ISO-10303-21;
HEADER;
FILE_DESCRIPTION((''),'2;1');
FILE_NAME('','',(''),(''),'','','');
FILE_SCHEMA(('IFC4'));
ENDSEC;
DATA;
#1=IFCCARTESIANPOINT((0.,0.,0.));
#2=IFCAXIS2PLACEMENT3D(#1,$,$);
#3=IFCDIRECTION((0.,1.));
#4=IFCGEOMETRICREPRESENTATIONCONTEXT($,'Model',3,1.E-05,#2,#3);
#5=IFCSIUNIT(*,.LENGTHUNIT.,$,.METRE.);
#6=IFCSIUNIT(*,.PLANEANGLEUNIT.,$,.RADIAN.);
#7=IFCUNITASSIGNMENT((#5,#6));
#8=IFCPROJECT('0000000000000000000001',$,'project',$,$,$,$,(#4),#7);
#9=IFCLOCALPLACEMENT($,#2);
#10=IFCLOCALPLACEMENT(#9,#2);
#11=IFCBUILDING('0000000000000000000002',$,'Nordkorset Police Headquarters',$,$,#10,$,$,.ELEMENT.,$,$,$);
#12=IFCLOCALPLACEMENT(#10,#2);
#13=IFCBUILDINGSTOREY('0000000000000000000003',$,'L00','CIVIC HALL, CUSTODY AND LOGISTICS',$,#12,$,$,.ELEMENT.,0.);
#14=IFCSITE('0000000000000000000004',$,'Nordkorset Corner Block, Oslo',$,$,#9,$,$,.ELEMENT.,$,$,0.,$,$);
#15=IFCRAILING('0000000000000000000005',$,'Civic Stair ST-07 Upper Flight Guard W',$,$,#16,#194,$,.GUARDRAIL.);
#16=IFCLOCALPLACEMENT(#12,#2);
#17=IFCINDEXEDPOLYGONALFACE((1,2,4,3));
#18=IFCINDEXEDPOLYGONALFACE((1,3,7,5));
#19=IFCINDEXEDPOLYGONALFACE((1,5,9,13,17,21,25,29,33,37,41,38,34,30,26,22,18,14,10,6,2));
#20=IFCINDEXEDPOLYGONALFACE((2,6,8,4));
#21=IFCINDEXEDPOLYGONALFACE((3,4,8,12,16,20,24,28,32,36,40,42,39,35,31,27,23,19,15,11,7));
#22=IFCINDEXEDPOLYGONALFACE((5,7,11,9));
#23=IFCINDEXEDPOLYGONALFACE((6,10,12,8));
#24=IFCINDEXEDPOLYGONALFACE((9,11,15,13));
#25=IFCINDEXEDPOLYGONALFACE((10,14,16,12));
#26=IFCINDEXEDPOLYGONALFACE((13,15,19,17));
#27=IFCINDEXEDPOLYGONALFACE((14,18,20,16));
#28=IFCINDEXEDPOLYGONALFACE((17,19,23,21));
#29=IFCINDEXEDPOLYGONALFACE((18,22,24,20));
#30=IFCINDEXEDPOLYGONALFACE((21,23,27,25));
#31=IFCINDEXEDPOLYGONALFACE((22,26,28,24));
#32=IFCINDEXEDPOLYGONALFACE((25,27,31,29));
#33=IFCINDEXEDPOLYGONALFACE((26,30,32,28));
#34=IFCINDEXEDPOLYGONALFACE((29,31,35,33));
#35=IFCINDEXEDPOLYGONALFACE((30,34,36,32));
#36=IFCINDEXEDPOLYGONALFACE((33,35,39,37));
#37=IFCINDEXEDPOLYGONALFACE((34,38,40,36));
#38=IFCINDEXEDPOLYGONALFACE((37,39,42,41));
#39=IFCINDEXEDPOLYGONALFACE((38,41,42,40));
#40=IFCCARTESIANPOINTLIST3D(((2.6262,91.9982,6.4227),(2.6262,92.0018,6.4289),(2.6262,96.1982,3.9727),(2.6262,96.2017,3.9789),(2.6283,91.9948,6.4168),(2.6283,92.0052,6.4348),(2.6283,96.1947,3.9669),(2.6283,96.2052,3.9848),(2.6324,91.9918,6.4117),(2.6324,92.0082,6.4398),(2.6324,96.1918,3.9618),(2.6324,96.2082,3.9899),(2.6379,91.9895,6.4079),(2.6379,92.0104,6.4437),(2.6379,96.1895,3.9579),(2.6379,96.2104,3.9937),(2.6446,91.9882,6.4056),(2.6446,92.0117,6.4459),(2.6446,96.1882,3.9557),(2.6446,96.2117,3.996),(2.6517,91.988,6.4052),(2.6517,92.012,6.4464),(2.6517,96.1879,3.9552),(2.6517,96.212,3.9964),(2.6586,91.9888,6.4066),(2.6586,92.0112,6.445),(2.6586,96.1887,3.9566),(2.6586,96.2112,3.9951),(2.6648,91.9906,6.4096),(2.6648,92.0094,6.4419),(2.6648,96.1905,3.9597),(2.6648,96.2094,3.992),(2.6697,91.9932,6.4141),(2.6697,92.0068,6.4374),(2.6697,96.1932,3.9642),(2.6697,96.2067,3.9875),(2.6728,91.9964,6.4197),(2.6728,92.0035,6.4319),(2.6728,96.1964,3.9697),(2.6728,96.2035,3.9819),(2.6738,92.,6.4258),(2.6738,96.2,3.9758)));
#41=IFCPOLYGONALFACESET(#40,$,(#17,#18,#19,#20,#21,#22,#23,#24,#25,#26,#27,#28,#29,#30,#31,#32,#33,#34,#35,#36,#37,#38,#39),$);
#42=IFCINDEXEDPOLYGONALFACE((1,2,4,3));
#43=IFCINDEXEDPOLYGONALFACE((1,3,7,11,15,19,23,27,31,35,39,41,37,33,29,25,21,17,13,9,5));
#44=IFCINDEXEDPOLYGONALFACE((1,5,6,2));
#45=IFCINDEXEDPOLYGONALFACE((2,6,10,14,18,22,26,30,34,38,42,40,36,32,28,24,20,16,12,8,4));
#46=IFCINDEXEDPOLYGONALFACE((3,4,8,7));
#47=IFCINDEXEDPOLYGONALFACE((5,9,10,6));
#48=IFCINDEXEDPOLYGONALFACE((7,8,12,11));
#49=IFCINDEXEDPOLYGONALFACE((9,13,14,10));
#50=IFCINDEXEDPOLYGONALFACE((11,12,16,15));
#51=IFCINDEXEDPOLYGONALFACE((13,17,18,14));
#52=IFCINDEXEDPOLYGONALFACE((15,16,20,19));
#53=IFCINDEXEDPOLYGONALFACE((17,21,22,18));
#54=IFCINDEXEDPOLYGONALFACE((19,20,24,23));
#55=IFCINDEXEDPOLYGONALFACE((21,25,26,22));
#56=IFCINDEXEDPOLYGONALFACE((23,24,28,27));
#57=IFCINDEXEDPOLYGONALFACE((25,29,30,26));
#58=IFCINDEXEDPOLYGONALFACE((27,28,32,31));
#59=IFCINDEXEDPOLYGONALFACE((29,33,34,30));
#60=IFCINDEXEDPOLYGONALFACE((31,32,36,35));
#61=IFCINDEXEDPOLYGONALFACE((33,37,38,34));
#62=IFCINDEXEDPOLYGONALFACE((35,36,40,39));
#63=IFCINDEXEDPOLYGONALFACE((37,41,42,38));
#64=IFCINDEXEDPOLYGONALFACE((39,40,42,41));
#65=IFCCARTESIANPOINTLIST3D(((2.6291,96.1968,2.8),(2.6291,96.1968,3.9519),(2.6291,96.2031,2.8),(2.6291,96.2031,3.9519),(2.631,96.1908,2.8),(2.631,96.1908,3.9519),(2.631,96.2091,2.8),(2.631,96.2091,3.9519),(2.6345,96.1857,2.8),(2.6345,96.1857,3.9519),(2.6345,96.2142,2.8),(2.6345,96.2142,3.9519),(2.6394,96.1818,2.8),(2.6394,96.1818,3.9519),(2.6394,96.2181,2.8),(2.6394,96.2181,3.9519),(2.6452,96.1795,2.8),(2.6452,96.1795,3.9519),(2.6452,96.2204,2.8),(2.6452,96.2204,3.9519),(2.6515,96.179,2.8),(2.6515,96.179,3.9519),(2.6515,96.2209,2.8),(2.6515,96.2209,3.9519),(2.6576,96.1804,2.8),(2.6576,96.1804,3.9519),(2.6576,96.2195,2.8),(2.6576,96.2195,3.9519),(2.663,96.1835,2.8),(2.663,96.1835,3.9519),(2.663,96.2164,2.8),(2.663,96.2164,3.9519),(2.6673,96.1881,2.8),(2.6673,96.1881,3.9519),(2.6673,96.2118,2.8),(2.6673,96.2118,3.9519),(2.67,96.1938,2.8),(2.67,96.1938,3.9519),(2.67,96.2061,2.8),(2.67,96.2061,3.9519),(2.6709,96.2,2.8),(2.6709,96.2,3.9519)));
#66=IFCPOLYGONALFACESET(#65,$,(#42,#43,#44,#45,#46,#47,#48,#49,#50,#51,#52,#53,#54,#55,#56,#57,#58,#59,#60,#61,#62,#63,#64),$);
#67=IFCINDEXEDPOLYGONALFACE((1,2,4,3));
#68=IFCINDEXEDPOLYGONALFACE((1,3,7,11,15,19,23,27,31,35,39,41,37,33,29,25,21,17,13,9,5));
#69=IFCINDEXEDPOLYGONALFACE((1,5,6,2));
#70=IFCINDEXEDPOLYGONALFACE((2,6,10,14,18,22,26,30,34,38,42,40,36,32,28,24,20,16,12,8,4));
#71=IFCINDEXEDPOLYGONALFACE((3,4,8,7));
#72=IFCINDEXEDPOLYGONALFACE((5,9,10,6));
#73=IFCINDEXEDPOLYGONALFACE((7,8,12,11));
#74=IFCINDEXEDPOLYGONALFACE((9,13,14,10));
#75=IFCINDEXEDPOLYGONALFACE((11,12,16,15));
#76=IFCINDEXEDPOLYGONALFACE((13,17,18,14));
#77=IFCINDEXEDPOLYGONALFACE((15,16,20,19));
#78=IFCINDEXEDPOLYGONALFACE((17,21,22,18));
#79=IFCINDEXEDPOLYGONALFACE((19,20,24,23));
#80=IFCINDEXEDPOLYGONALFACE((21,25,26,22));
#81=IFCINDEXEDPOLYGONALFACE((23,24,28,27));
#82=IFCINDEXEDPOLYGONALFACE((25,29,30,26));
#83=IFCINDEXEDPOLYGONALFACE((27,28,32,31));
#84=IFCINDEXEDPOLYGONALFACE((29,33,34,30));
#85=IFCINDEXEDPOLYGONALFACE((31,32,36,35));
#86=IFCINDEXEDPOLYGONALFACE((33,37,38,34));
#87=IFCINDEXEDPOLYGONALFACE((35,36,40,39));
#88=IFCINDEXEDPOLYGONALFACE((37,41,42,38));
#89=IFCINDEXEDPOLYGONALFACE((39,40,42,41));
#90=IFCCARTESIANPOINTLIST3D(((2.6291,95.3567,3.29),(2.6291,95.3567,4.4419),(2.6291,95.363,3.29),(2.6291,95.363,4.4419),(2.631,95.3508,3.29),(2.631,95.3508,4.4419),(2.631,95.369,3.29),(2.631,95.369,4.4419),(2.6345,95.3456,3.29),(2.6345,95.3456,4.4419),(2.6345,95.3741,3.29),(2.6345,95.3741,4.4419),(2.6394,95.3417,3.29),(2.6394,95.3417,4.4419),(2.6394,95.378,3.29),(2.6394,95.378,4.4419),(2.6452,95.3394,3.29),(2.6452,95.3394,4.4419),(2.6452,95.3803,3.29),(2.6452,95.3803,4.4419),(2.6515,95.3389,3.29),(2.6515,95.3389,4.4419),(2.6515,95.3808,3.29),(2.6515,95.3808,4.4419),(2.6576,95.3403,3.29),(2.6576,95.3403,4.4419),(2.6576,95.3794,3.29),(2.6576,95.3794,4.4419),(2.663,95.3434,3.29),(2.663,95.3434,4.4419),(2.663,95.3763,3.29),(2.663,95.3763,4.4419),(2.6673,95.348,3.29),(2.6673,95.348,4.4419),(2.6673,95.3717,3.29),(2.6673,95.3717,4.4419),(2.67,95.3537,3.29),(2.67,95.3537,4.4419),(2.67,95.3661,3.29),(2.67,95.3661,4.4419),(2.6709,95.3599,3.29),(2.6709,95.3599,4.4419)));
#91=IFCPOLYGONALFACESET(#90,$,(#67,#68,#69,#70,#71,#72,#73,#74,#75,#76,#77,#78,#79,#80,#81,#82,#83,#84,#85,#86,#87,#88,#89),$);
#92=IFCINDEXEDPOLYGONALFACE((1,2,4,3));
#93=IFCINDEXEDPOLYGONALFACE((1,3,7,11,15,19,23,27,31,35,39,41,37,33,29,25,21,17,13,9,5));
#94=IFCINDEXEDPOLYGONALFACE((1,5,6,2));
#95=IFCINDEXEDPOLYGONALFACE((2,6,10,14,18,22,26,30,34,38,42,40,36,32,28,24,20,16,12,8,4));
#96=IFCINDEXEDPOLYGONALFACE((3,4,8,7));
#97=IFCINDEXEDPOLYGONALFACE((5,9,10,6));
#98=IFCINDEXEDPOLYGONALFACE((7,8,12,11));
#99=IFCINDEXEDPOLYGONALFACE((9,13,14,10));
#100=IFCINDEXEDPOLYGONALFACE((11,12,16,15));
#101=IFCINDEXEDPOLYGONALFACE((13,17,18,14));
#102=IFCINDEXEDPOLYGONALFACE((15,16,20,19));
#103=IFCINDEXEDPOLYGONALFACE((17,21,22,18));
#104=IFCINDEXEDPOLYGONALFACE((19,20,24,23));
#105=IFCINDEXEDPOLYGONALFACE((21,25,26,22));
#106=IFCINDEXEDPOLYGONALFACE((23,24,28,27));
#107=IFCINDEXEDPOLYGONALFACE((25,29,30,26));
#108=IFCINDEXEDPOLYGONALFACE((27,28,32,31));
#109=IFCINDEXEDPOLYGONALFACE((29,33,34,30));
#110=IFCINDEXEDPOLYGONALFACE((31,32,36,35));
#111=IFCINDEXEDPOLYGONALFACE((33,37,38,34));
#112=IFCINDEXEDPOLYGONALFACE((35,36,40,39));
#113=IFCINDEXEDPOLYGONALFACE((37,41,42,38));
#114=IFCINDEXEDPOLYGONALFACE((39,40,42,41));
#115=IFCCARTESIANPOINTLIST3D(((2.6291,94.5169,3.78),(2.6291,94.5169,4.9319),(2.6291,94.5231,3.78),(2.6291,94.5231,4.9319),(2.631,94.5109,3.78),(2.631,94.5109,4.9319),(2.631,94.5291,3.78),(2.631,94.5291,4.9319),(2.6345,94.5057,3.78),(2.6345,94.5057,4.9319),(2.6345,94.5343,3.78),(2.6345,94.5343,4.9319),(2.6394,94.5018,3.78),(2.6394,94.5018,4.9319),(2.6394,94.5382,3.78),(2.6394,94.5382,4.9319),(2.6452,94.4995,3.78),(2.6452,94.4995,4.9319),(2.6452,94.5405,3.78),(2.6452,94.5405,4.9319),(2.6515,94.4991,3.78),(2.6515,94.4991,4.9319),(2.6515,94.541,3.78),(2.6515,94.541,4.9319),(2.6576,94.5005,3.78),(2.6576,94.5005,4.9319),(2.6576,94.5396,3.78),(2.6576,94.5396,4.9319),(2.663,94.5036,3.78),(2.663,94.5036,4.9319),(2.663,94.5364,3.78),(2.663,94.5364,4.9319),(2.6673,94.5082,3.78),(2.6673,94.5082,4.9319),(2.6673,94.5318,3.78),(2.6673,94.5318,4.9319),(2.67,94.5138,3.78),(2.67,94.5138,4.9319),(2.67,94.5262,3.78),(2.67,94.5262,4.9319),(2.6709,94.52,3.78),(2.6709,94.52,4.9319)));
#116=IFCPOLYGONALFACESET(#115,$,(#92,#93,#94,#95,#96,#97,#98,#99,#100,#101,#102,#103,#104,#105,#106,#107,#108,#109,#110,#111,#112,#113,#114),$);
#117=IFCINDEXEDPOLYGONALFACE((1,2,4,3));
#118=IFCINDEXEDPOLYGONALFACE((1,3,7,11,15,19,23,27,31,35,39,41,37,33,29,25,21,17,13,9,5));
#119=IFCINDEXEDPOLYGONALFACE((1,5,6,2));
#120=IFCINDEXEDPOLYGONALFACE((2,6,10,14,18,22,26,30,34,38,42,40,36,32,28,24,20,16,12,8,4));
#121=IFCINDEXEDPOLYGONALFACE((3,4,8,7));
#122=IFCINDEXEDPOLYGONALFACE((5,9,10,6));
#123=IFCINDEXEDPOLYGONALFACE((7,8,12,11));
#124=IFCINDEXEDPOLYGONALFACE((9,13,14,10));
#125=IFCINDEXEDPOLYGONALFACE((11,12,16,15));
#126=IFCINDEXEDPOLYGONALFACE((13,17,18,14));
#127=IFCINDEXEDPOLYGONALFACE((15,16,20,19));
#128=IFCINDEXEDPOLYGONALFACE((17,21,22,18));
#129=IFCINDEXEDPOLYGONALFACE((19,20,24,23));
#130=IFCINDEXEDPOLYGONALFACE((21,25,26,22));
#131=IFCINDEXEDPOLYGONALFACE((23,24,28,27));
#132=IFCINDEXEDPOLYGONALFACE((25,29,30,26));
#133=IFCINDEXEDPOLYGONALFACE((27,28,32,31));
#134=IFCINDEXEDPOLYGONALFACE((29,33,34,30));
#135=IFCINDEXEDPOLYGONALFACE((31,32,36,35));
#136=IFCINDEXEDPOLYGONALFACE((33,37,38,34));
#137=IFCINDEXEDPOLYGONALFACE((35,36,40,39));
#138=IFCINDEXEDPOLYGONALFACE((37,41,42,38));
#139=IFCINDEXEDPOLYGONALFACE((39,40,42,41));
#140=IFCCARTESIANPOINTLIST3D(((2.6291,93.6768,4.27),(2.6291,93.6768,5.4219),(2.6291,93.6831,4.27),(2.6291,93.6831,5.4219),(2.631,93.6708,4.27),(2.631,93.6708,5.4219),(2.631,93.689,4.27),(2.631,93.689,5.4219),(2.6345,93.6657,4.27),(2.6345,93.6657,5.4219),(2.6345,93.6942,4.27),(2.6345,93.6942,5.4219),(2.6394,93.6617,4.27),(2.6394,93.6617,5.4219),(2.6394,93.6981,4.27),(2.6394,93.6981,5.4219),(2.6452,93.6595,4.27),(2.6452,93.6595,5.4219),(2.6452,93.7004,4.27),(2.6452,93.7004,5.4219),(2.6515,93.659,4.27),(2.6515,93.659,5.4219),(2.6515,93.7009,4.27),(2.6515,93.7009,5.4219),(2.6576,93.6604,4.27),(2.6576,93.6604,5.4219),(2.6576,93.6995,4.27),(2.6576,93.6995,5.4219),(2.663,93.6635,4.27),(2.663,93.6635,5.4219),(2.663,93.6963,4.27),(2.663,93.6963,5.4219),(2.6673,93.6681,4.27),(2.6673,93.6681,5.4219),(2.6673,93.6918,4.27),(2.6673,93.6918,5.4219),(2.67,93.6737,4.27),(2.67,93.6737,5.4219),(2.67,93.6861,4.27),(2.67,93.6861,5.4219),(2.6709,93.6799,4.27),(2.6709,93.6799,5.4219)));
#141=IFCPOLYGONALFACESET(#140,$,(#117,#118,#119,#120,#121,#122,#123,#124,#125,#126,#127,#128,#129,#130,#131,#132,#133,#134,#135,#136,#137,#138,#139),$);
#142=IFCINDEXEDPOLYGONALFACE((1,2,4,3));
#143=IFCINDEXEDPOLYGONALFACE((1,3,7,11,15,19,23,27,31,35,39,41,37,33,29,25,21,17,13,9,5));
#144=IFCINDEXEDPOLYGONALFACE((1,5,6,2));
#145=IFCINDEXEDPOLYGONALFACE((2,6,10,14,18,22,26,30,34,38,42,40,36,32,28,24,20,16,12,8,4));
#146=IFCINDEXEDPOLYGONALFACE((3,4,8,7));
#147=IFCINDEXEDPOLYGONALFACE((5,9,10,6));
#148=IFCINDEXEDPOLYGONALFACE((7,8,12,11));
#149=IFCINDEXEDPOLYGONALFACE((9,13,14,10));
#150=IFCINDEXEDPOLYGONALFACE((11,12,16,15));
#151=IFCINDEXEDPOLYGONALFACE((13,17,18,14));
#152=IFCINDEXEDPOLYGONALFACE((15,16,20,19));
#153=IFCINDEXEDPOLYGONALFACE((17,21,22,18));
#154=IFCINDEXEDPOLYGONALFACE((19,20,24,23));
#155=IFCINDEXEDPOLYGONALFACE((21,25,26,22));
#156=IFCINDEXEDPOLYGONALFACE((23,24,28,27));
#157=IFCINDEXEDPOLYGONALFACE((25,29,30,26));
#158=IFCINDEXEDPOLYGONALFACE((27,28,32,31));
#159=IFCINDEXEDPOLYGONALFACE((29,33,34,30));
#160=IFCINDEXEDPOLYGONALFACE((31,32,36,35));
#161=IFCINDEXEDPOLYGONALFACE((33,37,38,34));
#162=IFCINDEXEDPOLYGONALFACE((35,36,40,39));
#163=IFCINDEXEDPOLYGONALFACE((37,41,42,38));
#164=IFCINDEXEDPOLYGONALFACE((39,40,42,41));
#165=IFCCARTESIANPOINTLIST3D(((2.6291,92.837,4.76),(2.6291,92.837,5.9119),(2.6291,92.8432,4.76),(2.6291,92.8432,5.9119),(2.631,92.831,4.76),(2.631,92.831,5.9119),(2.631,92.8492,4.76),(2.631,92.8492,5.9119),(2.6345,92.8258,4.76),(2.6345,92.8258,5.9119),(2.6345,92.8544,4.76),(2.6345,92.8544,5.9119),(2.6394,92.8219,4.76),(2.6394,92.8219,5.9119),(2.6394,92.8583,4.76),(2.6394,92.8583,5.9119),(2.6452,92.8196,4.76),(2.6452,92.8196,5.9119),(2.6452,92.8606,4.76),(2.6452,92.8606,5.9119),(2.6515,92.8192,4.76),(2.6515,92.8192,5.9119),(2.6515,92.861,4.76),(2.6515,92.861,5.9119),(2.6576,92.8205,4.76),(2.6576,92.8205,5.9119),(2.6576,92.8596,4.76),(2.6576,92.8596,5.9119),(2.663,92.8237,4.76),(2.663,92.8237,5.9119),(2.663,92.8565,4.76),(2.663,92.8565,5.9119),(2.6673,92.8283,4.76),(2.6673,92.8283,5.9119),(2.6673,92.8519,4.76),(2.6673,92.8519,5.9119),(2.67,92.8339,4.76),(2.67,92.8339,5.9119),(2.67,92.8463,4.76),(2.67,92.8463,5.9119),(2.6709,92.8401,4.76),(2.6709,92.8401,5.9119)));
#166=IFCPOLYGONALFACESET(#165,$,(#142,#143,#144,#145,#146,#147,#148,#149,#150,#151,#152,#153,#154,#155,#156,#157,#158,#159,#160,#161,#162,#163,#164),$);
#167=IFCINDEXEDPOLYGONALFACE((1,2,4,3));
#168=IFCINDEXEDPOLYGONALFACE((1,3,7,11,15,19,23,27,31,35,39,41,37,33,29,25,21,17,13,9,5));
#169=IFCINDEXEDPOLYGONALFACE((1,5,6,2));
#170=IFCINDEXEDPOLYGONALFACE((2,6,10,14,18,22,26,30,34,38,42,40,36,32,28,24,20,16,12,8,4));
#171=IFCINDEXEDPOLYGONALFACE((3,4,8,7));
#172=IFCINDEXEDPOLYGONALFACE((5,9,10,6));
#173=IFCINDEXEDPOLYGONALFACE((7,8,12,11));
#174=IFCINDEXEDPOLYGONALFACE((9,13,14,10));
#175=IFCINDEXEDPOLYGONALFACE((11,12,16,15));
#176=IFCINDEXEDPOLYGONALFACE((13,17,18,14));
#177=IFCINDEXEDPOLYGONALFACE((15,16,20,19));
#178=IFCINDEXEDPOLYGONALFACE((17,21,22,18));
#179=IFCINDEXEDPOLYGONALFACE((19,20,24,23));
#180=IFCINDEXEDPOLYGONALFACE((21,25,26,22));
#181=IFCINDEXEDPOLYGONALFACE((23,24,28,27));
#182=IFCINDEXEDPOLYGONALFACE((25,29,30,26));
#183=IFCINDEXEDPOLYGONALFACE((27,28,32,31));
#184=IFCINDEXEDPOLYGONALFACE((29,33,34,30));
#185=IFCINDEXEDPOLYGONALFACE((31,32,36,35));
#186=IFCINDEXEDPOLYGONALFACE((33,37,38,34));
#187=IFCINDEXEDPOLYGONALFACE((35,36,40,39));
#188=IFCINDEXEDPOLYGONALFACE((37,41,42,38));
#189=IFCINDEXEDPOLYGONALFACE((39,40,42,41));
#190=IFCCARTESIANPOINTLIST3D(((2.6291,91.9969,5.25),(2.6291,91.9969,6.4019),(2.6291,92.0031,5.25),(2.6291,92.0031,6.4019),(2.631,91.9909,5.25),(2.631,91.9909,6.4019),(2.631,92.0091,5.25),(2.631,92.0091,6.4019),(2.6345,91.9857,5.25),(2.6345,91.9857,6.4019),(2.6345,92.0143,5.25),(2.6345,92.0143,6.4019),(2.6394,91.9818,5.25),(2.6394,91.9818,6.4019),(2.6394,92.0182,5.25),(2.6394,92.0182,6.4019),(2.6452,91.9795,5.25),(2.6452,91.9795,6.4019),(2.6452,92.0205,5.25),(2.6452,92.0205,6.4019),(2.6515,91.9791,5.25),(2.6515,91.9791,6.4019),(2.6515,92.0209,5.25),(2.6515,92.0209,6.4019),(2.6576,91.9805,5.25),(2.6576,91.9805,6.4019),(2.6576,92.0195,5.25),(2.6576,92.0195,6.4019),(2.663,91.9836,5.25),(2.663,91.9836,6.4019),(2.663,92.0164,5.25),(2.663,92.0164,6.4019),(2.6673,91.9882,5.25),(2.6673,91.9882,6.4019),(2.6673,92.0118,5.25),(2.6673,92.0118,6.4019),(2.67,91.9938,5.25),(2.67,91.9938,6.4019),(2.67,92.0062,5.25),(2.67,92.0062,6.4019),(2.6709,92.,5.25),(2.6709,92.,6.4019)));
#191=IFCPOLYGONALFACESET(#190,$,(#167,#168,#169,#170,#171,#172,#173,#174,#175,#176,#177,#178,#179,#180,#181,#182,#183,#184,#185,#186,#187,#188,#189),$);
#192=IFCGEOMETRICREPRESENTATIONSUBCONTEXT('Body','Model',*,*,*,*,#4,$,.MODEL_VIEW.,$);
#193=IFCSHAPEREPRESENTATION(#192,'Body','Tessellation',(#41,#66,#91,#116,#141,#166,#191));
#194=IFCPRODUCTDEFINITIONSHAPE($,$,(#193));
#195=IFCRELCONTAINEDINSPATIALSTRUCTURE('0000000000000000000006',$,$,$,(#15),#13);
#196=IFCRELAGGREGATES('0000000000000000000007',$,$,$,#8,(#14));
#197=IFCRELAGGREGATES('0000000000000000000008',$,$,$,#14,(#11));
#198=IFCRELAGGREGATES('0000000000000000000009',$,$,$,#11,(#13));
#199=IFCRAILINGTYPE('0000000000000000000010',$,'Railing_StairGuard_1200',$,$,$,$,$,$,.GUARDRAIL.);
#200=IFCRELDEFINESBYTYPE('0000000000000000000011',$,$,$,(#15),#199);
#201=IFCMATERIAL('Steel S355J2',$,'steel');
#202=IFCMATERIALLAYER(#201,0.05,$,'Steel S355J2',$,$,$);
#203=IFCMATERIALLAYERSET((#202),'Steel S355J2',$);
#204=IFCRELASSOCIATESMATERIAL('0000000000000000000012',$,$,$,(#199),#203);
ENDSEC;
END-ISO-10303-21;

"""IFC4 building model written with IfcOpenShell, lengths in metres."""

from ifc_helpers import new_model, si_unit, direction, frame, origin, origin_2d, place, context, subcontext, project, spatial, circle, extrude, material, layer, layer_set, type_object, element, save


model = new_model("IFC4")

# Units and contexts
model_context = context("Model", 3, precision=1e-05, world=origin(), true_north=direction((0.0, 1.0)))
body_context = subcontext(model_context, "Body", "Model", "MODEL_VIEW")
ifc_project = project(units=[si_unit("LENGTHUNIT", "METRE"), si_unit("PLANEANGLEUNIT", "RADIAN")], contexts=[model_context])

# Site, building, storey
site_placement = place(None, origin())
site = spatial("IfcSite", under=ifc_project, at=site_placement, Name="Nordkorset Corner Block, Oslo", CompositionType="ELEMENT", RefElevation=0.0)
building_placement = place(site_placement, origin())
building = spatial("IfcBuilding", under=site, at=building_placement, Name="Nordkorset Police Headquarters", CompositionType="ELEMENT")
storey_placement = place(building_placement, origin())
storey = spatial("IfcBuildingStorey", under=building, at=storey_placement, Name="L00", Description="CIVIC HALL, CUSTODY AND LOGISTICS", CompositionType="ELEMENT", Elevation=0.0)

# Railing
ifc_material_1 = material(Name="Steel S355J2", Category="steel")
ifc_layer_1 = layer(ifc_material_1, 0.05, Name="Steel S355J2")
ifc_layer_set_1 = layer_set([ifc_layer_1], Name="Steel S355J2")
railing_type_1 = type_object("IfcRailingType", Name="Railing_StairGuard_1200", PredefinedType="GUARDRAIL", material=ifc_layer_set_1)
for number, where, name in (
    (1, (2.6499, 96.2, 2.8), "Civic Stair ST-07 Upper Flight Guard W"),
):
    element("IfcRailing", number, at=place(storey_placement, frame(where)), inside=storey, type_object=railing_type_1, Name=name, PredefinedType="GUARDRAIL", context=body_context, shape_type="SweptSolid", body=[
        extrude(circle(Radius=0.0239, at=origin_2d()), frame((0.0, 0.0, 1.1758), z_axis=(0.0, -0.863781, 0.503868), x_axis=(1.0, 0.0, 0.0)), (0.0, 0.0, 1.0), 4.8623),
        extrude(circle(Radius=0.021, at=origin_2d()), origin(), (0.0, 0.0, 1.0), 1.1519),
        extrude(circle(Radius=0.021, at=origin_2d()), frame((0.0, -0.8401, 0.49)), (0.0, 0.0, 1.0), 1.1519),
        extrude(circle(Radius=0.021, at=origin_2d()), frame((0.0, -1.6799, 0.98)), (0.0, 0.0, 1.0), 1.1519),
        extrude(circle(Radius=0.021, at=origin_2d()), frame((0.0, -2.52, 1.47)), (0.0, 0.0, 1.0), 1.1519),
        extrude(circle(Radius=0.021, at=origin_2d()), frame((0.0, -3.3599, 1.96)), (0.0, 0.0, 1.0), 1.1519),
        extrude(circle(Radius=0.021, at=origin_2d()), frame((0.0, -4.2, 2.45)), (0.0, 0.0, 1.0), 1.1519),
    ])

save(model, "model.ifc")
